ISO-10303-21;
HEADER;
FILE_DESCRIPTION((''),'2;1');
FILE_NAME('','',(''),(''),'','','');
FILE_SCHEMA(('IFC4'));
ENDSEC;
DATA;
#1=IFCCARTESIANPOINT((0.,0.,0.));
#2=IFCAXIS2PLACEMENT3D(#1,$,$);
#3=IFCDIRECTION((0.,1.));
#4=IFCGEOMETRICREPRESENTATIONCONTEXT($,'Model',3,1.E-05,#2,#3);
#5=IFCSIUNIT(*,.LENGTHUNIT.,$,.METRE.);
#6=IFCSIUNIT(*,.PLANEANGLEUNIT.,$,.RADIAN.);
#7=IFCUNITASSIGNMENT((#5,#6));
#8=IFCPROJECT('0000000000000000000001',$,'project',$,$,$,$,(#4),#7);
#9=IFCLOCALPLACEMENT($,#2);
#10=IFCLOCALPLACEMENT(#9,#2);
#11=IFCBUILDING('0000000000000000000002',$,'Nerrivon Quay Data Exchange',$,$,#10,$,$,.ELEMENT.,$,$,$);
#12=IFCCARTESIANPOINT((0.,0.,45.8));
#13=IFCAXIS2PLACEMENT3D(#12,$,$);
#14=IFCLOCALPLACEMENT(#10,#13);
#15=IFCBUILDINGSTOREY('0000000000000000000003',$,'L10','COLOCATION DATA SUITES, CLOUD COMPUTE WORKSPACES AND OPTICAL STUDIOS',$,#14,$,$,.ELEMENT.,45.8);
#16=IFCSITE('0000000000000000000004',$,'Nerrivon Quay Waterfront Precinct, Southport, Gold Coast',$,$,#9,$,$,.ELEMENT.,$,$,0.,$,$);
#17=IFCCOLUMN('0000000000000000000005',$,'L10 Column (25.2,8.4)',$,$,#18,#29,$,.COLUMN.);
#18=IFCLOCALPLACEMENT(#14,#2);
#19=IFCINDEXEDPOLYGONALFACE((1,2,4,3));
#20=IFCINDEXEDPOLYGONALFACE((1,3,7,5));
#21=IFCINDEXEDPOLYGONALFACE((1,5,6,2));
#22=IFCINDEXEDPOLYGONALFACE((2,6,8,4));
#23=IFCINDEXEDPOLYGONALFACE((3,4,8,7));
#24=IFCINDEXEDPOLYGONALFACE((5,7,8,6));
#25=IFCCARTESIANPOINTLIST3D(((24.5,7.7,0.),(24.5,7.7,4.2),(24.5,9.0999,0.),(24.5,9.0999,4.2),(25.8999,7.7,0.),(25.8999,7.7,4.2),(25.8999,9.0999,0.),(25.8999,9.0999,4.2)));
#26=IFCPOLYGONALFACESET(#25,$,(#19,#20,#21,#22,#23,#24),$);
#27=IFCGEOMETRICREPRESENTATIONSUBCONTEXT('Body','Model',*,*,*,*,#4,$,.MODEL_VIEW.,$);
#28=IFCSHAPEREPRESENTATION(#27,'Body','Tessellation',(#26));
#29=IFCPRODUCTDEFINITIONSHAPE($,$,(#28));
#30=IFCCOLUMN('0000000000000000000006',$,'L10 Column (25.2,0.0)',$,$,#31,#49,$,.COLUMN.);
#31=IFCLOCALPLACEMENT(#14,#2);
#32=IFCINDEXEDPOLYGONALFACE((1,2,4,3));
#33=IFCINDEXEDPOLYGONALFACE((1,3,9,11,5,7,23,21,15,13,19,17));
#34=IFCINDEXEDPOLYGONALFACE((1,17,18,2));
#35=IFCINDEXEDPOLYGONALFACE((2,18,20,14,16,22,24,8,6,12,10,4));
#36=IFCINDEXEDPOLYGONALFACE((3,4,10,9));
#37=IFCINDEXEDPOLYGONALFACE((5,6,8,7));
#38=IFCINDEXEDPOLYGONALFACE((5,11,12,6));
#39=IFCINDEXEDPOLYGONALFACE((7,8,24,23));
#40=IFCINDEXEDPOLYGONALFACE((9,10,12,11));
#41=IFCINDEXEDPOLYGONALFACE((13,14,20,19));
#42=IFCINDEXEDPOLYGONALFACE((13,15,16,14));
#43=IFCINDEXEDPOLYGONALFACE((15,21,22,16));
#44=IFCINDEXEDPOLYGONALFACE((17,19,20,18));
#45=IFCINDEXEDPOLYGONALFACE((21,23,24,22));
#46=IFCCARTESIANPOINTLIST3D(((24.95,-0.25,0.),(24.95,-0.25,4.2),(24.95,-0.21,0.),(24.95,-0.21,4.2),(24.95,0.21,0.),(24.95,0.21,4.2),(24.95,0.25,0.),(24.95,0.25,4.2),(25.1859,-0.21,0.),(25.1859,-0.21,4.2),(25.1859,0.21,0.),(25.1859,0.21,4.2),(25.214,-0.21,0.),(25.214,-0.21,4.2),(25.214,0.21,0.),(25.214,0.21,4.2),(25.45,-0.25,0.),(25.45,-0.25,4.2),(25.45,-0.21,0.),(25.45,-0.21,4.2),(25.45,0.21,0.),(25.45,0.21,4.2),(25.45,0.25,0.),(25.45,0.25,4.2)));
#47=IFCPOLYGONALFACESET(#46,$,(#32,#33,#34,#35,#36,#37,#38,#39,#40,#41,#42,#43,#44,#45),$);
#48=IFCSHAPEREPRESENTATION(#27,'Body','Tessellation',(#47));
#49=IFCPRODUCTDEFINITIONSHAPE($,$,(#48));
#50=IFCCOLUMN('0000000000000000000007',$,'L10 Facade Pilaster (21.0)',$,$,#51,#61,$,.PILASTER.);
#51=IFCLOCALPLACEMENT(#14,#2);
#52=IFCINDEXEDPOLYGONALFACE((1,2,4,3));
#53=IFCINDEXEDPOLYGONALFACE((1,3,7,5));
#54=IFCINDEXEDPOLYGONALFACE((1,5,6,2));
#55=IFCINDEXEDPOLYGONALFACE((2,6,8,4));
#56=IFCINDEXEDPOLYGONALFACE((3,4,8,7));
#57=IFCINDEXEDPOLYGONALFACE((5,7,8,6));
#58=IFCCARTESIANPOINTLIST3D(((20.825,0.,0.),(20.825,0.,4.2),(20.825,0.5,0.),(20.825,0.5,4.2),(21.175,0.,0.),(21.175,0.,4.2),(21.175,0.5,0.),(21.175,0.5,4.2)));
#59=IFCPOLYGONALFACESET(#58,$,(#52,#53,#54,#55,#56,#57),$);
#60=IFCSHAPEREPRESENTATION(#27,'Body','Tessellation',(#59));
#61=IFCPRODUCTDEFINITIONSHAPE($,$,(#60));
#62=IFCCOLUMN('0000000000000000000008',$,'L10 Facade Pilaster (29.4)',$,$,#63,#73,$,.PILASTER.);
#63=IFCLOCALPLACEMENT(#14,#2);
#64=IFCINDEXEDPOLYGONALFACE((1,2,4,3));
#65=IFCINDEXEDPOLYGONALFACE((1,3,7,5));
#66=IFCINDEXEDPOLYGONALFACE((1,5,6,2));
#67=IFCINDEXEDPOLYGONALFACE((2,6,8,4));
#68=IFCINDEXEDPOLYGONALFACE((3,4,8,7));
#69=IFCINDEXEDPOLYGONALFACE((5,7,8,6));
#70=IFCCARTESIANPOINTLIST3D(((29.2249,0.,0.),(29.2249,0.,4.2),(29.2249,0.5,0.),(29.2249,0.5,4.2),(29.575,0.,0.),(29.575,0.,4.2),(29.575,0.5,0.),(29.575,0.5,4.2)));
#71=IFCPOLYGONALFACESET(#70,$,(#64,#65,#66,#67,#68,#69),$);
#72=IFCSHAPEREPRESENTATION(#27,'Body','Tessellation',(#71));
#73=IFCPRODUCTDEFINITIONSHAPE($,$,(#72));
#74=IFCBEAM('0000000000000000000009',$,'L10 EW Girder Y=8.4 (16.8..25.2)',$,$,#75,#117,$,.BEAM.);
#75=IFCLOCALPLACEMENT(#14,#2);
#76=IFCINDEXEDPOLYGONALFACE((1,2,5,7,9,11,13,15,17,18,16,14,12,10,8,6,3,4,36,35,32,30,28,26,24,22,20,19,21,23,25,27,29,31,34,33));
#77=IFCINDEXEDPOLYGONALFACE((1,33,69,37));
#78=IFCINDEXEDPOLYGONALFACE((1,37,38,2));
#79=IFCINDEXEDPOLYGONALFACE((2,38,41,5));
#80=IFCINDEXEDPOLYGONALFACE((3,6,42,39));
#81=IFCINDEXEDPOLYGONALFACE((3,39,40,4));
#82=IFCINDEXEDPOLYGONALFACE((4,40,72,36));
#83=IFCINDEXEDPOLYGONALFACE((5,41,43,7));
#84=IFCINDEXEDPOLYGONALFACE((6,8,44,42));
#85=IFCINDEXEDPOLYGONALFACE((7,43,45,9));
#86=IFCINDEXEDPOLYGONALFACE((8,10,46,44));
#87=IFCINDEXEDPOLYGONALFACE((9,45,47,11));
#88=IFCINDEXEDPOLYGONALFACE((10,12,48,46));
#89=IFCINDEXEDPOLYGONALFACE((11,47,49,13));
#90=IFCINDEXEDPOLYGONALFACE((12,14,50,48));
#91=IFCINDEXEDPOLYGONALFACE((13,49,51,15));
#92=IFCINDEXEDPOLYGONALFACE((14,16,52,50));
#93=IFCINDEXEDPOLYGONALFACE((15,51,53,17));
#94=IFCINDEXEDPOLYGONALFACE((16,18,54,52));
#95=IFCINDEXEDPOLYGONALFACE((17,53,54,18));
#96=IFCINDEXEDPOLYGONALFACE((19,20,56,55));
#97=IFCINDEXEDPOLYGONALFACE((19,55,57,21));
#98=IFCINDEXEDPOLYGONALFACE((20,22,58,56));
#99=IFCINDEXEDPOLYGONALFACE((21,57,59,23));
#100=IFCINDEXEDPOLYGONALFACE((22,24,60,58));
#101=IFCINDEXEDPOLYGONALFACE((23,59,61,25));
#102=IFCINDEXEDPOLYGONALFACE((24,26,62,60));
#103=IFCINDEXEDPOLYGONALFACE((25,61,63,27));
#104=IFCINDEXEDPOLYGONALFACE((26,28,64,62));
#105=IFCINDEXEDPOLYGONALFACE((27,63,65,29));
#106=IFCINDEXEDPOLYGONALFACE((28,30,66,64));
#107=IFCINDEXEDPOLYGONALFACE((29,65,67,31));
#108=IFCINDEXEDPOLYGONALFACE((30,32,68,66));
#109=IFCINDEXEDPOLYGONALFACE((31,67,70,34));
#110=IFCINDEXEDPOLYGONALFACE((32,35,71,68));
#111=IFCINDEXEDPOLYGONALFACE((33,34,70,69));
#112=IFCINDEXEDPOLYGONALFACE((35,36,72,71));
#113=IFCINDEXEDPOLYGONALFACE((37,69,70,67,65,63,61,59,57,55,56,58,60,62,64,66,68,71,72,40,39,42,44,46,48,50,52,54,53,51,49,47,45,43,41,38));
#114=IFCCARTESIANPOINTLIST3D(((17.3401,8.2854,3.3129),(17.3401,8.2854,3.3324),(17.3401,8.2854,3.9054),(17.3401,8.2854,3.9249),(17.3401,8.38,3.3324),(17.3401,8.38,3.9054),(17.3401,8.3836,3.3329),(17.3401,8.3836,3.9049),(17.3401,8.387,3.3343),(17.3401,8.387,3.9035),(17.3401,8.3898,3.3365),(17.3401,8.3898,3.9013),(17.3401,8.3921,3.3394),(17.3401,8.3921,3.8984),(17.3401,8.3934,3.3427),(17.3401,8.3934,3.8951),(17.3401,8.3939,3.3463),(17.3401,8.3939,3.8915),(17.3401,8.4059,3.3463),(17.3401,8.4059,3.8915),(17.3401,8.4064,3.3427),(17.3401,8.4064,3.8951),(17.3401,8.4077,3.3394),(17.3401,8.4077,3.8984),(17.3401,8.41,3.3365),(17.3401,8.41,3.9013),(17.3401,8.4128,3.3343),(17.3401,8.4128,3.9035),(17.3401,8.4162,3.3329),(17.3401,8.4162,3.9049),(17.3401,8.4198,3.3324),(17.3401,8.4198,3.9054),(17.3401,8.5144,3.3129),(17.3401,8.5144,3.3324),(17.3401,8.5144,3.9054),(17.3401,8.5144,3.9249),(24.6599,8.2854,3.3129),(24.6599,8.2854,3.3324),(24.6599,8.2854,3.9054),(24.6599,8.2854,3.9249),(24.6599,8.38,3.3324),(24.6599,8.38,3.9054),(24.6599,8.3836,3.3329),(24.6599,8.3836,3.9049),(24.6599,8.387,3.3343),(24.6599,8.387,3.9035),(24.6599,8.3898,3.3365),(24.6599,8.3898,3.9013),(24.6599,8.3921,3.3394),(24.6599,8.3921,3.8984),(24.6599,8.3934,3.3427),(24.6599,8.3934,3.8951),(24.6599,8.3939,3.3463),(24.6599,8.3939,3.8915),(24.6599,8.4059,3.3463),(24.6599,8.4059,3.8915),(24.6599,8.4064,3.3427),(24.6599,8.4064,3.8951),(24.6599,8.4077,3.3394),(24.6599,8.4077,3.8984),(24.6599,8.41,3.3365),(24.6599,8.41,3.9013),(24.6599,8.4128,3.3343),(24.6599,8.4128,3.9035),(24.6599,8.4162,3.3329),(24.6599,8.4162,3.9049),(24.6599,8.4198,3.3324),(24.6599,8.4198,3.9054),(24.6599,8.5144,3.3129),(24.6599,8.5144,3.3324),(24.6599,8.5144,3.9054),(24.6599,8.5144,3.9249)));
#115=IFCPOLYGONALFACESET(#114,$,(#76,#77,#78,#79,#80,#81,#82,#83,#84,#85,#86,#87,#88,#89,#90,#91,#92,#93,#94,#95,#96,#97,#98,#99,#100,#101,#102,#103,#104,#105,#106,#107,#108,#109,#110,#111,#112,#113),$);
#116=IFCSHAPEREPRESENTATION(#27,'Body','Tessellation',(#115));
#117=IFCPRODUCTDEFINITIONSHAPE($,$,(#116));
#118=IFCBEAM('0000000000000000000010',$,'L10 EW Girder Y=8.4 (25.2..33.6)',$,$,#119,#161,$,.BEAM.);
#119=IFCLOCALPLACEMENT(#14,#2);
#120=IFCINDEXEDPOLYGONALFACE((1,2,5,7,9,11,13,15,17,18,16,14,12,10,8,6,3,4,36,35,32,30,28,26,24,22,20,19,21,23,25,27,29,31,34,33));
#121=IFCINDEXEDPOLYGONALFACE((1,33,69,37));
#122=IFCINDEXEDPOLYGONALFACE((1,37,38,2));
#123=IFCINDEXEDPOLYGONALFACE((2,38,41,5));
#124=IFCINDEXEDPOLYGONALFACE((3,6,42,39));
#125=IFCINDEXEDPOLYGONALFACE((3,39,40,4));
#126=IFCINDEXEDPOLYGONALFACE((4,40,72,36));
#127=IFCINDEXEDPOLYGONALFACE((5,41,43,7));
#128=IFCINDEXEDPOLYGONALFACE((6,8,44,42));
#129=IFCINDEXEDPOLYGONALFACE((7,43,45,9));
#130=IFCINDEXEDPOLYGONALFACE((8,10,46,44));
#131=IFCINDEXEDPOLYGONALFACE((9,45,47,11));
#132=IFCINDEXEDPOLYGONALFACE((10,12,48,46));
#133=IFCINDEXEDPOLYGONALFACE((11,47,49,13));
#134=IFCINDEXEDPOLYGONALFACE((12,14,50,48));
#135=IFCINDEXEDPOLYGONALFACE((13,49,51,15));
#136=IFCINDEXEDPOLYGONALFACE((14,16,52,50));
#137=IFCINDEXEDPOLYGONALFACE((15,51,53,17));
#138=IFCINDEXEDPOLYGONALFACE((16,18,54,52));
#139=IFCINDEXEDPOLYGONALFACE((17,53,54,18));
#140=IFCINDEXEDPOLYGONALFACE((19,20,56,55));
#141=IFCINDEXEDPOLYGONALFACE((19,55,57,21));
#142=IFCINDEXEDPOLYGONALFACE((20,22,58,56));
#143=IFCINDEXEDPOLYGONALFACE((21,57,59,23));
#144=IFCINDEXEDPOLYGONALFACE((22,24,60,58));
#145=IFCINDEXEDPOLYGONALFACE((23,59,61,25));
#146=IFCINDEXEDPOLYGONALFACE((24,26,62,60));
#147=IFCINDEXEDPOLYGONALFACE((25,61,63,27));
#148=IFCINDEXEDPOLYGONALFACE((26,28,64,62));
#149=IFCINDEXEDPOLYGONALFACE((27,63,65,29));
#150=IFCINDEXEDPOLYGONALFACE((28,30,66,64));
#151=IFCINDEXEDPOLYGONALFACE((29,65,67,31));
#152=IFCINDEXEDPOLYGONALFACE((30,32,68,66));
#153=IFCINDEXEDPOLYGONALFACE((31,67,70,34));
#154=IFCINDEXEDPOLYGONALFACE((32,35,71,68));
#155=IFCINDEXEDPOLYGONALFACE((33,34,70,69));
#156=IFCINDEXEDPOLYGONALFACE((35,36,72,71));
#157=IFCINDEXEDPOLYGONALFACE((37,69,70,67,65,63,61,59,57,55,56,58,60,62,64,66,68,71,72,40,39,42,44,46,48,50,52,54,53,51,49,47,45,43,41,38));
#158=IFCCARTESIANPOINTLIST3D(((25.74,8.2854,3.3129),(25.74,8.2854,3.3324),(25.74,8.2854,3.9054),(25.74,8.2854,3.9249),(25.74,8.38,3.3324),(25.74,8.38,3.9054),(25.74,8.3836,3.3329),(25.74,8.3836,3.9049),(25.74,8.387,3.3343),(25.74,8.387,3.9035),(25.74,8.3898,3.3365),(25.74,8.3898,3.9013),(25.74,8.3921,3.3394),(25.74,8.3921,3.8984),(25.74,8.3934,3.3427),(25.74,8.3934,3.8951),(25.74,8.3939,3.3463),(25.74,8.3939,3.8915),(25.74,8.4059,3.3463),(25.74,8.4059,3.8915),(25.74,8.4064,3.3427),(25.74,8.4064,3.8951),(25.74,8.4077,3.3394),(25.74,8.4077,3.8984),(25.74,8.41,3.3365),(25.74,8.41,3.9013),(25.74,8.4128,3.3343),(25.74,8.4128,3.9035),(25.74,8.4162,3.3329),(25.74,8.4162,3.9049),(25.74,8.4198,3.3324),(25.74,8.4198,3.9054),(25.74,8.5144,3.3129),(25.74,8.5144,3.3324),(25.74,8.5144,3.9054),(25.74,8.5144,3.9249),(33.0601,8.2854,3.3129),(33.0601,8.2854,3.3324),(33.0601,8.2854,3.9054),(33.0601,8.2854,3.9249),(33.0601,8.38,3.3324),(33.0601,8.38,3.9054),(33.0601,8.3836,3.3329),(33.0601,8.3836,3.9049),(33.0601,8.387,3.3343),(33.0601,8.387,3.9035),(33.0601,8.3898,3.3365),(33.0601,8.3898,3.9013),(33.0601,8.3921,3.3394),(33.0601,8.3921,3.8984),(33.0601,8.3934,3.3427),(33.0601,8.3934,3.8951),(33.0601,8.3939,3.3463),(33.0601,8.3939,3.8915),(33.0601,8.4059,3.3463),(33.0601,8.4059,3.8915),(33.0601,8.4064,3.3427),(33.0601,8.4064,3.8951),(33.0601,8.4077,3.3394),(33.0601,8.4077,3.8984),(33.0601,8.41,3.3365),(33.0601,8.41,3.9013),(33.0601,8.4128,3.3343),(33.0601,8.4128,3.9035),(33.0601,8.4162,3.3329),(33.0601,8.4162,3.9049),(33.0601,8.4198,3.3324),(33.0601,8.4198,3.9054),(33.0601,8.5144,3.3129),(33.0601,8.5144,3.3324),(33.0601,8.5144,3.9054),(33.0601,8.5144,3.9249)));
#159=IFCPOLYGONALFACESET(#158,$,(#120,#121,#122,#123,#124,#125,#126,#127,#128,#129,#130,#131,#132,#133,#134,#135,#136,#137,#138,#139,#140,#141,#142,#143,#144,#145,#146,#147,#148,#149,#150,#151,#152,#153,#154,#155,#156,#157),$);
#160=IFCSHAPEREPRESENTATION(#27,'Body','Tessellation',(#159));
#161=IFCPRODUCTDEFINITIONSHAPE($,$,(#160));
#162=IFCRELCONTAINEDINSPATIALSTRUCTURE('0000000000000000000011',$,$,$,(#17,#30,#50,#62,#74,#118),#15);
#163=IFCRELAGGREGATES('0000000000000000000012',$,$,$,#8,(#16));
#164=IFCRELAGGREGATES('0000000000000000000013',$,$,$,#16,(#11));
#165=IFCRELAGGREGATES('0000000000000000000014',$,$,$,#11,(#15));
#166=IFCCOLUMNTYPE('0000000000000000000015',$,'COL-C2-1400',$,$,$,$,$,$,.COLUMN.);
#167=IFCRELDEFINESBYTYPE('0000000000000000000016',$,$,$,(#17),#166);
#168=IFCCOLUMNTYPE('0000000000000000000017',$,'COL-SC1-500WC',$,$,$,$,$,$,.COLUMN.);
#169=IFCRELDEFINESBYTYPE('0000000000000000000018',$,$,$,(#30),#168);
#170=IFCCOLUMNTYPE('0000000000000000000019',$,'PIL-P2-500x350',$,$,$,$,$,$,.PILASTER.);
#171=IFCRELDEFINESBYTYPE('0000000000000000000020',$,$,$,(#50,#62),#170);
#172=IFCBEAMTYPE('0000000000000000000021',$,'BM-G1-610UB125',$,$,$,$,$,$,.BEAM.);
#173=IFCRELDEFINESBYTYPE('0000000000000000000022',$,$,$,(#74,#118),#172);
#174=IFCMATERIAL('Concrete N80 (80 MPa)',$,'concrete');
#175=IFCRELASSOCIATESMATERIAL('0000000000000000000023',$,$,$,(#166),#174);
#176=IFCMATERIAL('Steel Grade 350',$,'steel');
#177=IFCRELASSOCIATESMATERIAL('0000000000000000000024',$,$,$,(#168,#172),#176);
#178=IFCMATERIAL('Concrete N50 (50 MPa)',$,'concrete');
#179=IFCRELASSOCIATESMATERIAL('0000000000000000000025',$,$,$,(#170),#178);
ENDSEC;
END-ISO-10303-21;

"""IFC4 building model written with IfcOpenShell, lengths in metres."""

from ifc_helpers import new_model, si_unit, direction, frame, origin, origin_2d, place, context, subcontext, project, spatial, rectangle, i_section, extrude, material, material_profile, profile_set, type_object, element, save


model = new_model("IFC4")

# Units and contexts
model_context = context("Model", 3, precision=1e-05, world=origin(), true_north=direction((0.0, 1.0)))
body_context = subcontext(model_context, "Body", "Model", "MODEL_VIEW")
ifc_project = project(units=[si_unit("LENGTHUNIT", "METRE"), si_unit("PLANEANGLEUNIT", "RADIAN")], contexts=[model_context])

# Site, building, storey
site_placement = place(None, origin())
site = spatial("IfcSite", under=ifc_project, at=site_placement, Name="Nerrivon Quay Waterfront Precinct, Southport, Gold Coast", CompositionType="ELEMENT", RefElevation=0.0)
building_placement = place(site_placement, origin())
building = spatial("IfcBuilding", under=site, at=building_placement, Name="Nerrivon Quay Data Exchange", CompositionType="ELEMENT")
storey_placement = place(building_placement, frame((0.0, 0.0, 45.8)))
storey = spatial("IfcBuildingStorey", under=building, at=storey_placement, Name="L10", Description="COLOCATION DATA SUITES, CLOUD COMPUTE WORKSPACES AND OPTICAL STUDIOS", CompositionType="ELEMENT", Elevation=45.8)

# Columns
ifc_material_1 = material(Name="Concrete N80 (80 MPa)", Category="concrete")
ifc_material_profile_1 = material_profile(ifc_material_1, rectangle(XDim=1.3999, YDim=1.3999, at=origin_2d()), Name="RC-COL-1400x1400")
ifc_profile_set_1 = profile_set([ifc_material_profile_1], Name="Concrete N80 (80 MPa)")
column_type_1 = type_object("IfcColumnType", Name="COL-C2-1400", PredefinedType="COLUMN", material=ifc_profile_set_1)
column_1_placement = place(storey_placement, frame((25.2, 8.3999, 0.0), z_axis=(0.0, 0.0, 1.0), x_axis=(1.0, 0.0, 0.0)))
element("IfcColumn", 1, at=column_1_placement, inside=storey, type_object=column_type_1, Name="L10 Column (25.2,8.4)", PredefinedType="COLUMN", context=body_context, shape_type="SweptSolid", body=[
    extrude(rectangle(XDim=1.3999, YDim=1.3999, at=origin_2d()), origin(), (0.0, 0.0, 1.0), 4.2),
])
ifc_material_2 = material(Name="Steel Grade 350", Category="steel")
ifc_material_profile_2 = material_profile(ifc_material_2, i_section(OverallWidth=0.5, OverallDepth=0.5, WebThickness=0.0281, FlangeThickness=0.04, at=origin_2d()), Name="500WC440")
ifc_profile_set_2 = profile_set([ifc_material_profile_2], Name="Steel Grade 350")
column_type_2 = type_object("IfcColumnType", Name="COL-SC1-500WC", PredefinedType="COLUMN", material=ifc_profile_set_2)
column_2_placement = place(storey_placement, frame((25.2, 0.0, 0.0), z_axis=(0.0, 0.0, 1.0), x_axis=(1.0, 0.0, 0.0)))
element("IfcColumn", 2, at=column_2_placement, inside=storey, type_object=column_type_2, Name="L10 Column (25.2,0.0)", PredefinedType="COLUMN", context=body_context, shape_type="SweptSolid", body=[
    extrude(i_section(OverallWidth=0.5, OverallDepth=0.5, WebThickness=0.0281, FlangeThickness=0.04, at=origin_2d()), origin(), (0.0, 0.0, 1.0), 4.2),
])
ifc_material_3 = material(Name="Concrete N50 (50 MPa)", Category="concrete")
ifc_material_profile_3 = material_profile(ifc_material_3, rectangle(XDim=0.3501, YDim=0.5, at=origin_2d()), Name="RC-PIL-500x350")
ifc_profile_set_3 = profile_set([ifc_material_profile_3], Name="Concrete N50 (50 MPa)")
column_type_3 = type_object("IfcColumnType", Name="PIL-P2-500x350", PredefinedType="PILASTER", material=ifc_profile_set_3)
for number, where, z_axis, x_axis, name in (
    (3, (21.0, 0.25, 0.0), (0.0, 0.0, 1.0), (1.0, 0.0, 0.0), "L10 Facade Pilaster (21.0)"),
    (4, (29.3999, 0.25, 0.0), (0.0, 0.0, 1.0), (1.0, 0.0, 0.0), "L10 Facade Pilaster (29.4)"),
):
    element("IfcColumn", number, at=place(storey_placement, frame(where, z_axis=z_axis, x_axis=x_axis)), inside=storey, type_object=column_type_3, Name=name, PredefinedType="PILASTER", context=body_context, shape_type="SweptSolid", body=[
        extrude(rectangle(XDim=0.3501, YDim=0.5, at=origin_2d()), origin(), (0.0, 0.0, 1.0), 4.2),
    ])

# Beams
ifc_material_profile_4 = material_profile(ifc_material_2, i_section(OverallWidth=0.229, OverallDepth=0.6121, WebThickness=0.012, FlangeThickness=0.0195, FilletRadius=0.0139, at=origin_2d()), Name="610UB125")
ifc_profile_set_4 = profile_set([ifc_material_profile_4], Name="Steel Grade 350")
beam_type_1 = type_object("IfcBeamType", Name="BM-G1-610UB125", PredefinedType="BEAM", material=ifc_profile_set_4)
beam_1_placement = place(storey_placement, frame((17.3401, 8.3999, 3.6189), z_axis=(1.0, 0.0, 0.0), x_axis=(0.0, 1.0, 0.0)))
element("IfcBeam", 5, at=beam_1_placement, inside=storey, type_object=beam_type_1, Name="L10 EW Girder Y=8.4 (16.8..25.2)", PredefinedType="BEAM", context=body_context, shape_type="SweptSolid", body=[
    extrude(i_section(OverallWidth=0.229, OverallDepth=0.6121, WebThickness=0.012, FlangeThickness=0.0195, FilletRadius=0.0139, at=origin_2d()), origin(), (0.0, 0.0, 1.0), 7.3198),
])
beam_2_placement = place(storey_placement, frame((25.74, 8.3999, 3.6189), z_axis=(1.0, 0.0, 0.0), x_axis=(0.0, 1.0, 0.0)))
element("IfcBeam", 6, at=beam_2_placement, inside=storey, type_object=beam_type_1, Name="L10 EW Girder Y=8.4 (25.2..33.6)", PredefinedType="BEAM", context=body_context, shape_type="SweptSolid", body=[
    extrude(i_section(OverallWidth=0.229, OverallDepth=0.6121, WebThickness=0.012, FlangeThickness=0.0195, FilletRadius=0.0139, at=origin_2d()), origin(), (0.0, 0.0, 1.0), 7.3201),
])

save(model, "model.ifc")
